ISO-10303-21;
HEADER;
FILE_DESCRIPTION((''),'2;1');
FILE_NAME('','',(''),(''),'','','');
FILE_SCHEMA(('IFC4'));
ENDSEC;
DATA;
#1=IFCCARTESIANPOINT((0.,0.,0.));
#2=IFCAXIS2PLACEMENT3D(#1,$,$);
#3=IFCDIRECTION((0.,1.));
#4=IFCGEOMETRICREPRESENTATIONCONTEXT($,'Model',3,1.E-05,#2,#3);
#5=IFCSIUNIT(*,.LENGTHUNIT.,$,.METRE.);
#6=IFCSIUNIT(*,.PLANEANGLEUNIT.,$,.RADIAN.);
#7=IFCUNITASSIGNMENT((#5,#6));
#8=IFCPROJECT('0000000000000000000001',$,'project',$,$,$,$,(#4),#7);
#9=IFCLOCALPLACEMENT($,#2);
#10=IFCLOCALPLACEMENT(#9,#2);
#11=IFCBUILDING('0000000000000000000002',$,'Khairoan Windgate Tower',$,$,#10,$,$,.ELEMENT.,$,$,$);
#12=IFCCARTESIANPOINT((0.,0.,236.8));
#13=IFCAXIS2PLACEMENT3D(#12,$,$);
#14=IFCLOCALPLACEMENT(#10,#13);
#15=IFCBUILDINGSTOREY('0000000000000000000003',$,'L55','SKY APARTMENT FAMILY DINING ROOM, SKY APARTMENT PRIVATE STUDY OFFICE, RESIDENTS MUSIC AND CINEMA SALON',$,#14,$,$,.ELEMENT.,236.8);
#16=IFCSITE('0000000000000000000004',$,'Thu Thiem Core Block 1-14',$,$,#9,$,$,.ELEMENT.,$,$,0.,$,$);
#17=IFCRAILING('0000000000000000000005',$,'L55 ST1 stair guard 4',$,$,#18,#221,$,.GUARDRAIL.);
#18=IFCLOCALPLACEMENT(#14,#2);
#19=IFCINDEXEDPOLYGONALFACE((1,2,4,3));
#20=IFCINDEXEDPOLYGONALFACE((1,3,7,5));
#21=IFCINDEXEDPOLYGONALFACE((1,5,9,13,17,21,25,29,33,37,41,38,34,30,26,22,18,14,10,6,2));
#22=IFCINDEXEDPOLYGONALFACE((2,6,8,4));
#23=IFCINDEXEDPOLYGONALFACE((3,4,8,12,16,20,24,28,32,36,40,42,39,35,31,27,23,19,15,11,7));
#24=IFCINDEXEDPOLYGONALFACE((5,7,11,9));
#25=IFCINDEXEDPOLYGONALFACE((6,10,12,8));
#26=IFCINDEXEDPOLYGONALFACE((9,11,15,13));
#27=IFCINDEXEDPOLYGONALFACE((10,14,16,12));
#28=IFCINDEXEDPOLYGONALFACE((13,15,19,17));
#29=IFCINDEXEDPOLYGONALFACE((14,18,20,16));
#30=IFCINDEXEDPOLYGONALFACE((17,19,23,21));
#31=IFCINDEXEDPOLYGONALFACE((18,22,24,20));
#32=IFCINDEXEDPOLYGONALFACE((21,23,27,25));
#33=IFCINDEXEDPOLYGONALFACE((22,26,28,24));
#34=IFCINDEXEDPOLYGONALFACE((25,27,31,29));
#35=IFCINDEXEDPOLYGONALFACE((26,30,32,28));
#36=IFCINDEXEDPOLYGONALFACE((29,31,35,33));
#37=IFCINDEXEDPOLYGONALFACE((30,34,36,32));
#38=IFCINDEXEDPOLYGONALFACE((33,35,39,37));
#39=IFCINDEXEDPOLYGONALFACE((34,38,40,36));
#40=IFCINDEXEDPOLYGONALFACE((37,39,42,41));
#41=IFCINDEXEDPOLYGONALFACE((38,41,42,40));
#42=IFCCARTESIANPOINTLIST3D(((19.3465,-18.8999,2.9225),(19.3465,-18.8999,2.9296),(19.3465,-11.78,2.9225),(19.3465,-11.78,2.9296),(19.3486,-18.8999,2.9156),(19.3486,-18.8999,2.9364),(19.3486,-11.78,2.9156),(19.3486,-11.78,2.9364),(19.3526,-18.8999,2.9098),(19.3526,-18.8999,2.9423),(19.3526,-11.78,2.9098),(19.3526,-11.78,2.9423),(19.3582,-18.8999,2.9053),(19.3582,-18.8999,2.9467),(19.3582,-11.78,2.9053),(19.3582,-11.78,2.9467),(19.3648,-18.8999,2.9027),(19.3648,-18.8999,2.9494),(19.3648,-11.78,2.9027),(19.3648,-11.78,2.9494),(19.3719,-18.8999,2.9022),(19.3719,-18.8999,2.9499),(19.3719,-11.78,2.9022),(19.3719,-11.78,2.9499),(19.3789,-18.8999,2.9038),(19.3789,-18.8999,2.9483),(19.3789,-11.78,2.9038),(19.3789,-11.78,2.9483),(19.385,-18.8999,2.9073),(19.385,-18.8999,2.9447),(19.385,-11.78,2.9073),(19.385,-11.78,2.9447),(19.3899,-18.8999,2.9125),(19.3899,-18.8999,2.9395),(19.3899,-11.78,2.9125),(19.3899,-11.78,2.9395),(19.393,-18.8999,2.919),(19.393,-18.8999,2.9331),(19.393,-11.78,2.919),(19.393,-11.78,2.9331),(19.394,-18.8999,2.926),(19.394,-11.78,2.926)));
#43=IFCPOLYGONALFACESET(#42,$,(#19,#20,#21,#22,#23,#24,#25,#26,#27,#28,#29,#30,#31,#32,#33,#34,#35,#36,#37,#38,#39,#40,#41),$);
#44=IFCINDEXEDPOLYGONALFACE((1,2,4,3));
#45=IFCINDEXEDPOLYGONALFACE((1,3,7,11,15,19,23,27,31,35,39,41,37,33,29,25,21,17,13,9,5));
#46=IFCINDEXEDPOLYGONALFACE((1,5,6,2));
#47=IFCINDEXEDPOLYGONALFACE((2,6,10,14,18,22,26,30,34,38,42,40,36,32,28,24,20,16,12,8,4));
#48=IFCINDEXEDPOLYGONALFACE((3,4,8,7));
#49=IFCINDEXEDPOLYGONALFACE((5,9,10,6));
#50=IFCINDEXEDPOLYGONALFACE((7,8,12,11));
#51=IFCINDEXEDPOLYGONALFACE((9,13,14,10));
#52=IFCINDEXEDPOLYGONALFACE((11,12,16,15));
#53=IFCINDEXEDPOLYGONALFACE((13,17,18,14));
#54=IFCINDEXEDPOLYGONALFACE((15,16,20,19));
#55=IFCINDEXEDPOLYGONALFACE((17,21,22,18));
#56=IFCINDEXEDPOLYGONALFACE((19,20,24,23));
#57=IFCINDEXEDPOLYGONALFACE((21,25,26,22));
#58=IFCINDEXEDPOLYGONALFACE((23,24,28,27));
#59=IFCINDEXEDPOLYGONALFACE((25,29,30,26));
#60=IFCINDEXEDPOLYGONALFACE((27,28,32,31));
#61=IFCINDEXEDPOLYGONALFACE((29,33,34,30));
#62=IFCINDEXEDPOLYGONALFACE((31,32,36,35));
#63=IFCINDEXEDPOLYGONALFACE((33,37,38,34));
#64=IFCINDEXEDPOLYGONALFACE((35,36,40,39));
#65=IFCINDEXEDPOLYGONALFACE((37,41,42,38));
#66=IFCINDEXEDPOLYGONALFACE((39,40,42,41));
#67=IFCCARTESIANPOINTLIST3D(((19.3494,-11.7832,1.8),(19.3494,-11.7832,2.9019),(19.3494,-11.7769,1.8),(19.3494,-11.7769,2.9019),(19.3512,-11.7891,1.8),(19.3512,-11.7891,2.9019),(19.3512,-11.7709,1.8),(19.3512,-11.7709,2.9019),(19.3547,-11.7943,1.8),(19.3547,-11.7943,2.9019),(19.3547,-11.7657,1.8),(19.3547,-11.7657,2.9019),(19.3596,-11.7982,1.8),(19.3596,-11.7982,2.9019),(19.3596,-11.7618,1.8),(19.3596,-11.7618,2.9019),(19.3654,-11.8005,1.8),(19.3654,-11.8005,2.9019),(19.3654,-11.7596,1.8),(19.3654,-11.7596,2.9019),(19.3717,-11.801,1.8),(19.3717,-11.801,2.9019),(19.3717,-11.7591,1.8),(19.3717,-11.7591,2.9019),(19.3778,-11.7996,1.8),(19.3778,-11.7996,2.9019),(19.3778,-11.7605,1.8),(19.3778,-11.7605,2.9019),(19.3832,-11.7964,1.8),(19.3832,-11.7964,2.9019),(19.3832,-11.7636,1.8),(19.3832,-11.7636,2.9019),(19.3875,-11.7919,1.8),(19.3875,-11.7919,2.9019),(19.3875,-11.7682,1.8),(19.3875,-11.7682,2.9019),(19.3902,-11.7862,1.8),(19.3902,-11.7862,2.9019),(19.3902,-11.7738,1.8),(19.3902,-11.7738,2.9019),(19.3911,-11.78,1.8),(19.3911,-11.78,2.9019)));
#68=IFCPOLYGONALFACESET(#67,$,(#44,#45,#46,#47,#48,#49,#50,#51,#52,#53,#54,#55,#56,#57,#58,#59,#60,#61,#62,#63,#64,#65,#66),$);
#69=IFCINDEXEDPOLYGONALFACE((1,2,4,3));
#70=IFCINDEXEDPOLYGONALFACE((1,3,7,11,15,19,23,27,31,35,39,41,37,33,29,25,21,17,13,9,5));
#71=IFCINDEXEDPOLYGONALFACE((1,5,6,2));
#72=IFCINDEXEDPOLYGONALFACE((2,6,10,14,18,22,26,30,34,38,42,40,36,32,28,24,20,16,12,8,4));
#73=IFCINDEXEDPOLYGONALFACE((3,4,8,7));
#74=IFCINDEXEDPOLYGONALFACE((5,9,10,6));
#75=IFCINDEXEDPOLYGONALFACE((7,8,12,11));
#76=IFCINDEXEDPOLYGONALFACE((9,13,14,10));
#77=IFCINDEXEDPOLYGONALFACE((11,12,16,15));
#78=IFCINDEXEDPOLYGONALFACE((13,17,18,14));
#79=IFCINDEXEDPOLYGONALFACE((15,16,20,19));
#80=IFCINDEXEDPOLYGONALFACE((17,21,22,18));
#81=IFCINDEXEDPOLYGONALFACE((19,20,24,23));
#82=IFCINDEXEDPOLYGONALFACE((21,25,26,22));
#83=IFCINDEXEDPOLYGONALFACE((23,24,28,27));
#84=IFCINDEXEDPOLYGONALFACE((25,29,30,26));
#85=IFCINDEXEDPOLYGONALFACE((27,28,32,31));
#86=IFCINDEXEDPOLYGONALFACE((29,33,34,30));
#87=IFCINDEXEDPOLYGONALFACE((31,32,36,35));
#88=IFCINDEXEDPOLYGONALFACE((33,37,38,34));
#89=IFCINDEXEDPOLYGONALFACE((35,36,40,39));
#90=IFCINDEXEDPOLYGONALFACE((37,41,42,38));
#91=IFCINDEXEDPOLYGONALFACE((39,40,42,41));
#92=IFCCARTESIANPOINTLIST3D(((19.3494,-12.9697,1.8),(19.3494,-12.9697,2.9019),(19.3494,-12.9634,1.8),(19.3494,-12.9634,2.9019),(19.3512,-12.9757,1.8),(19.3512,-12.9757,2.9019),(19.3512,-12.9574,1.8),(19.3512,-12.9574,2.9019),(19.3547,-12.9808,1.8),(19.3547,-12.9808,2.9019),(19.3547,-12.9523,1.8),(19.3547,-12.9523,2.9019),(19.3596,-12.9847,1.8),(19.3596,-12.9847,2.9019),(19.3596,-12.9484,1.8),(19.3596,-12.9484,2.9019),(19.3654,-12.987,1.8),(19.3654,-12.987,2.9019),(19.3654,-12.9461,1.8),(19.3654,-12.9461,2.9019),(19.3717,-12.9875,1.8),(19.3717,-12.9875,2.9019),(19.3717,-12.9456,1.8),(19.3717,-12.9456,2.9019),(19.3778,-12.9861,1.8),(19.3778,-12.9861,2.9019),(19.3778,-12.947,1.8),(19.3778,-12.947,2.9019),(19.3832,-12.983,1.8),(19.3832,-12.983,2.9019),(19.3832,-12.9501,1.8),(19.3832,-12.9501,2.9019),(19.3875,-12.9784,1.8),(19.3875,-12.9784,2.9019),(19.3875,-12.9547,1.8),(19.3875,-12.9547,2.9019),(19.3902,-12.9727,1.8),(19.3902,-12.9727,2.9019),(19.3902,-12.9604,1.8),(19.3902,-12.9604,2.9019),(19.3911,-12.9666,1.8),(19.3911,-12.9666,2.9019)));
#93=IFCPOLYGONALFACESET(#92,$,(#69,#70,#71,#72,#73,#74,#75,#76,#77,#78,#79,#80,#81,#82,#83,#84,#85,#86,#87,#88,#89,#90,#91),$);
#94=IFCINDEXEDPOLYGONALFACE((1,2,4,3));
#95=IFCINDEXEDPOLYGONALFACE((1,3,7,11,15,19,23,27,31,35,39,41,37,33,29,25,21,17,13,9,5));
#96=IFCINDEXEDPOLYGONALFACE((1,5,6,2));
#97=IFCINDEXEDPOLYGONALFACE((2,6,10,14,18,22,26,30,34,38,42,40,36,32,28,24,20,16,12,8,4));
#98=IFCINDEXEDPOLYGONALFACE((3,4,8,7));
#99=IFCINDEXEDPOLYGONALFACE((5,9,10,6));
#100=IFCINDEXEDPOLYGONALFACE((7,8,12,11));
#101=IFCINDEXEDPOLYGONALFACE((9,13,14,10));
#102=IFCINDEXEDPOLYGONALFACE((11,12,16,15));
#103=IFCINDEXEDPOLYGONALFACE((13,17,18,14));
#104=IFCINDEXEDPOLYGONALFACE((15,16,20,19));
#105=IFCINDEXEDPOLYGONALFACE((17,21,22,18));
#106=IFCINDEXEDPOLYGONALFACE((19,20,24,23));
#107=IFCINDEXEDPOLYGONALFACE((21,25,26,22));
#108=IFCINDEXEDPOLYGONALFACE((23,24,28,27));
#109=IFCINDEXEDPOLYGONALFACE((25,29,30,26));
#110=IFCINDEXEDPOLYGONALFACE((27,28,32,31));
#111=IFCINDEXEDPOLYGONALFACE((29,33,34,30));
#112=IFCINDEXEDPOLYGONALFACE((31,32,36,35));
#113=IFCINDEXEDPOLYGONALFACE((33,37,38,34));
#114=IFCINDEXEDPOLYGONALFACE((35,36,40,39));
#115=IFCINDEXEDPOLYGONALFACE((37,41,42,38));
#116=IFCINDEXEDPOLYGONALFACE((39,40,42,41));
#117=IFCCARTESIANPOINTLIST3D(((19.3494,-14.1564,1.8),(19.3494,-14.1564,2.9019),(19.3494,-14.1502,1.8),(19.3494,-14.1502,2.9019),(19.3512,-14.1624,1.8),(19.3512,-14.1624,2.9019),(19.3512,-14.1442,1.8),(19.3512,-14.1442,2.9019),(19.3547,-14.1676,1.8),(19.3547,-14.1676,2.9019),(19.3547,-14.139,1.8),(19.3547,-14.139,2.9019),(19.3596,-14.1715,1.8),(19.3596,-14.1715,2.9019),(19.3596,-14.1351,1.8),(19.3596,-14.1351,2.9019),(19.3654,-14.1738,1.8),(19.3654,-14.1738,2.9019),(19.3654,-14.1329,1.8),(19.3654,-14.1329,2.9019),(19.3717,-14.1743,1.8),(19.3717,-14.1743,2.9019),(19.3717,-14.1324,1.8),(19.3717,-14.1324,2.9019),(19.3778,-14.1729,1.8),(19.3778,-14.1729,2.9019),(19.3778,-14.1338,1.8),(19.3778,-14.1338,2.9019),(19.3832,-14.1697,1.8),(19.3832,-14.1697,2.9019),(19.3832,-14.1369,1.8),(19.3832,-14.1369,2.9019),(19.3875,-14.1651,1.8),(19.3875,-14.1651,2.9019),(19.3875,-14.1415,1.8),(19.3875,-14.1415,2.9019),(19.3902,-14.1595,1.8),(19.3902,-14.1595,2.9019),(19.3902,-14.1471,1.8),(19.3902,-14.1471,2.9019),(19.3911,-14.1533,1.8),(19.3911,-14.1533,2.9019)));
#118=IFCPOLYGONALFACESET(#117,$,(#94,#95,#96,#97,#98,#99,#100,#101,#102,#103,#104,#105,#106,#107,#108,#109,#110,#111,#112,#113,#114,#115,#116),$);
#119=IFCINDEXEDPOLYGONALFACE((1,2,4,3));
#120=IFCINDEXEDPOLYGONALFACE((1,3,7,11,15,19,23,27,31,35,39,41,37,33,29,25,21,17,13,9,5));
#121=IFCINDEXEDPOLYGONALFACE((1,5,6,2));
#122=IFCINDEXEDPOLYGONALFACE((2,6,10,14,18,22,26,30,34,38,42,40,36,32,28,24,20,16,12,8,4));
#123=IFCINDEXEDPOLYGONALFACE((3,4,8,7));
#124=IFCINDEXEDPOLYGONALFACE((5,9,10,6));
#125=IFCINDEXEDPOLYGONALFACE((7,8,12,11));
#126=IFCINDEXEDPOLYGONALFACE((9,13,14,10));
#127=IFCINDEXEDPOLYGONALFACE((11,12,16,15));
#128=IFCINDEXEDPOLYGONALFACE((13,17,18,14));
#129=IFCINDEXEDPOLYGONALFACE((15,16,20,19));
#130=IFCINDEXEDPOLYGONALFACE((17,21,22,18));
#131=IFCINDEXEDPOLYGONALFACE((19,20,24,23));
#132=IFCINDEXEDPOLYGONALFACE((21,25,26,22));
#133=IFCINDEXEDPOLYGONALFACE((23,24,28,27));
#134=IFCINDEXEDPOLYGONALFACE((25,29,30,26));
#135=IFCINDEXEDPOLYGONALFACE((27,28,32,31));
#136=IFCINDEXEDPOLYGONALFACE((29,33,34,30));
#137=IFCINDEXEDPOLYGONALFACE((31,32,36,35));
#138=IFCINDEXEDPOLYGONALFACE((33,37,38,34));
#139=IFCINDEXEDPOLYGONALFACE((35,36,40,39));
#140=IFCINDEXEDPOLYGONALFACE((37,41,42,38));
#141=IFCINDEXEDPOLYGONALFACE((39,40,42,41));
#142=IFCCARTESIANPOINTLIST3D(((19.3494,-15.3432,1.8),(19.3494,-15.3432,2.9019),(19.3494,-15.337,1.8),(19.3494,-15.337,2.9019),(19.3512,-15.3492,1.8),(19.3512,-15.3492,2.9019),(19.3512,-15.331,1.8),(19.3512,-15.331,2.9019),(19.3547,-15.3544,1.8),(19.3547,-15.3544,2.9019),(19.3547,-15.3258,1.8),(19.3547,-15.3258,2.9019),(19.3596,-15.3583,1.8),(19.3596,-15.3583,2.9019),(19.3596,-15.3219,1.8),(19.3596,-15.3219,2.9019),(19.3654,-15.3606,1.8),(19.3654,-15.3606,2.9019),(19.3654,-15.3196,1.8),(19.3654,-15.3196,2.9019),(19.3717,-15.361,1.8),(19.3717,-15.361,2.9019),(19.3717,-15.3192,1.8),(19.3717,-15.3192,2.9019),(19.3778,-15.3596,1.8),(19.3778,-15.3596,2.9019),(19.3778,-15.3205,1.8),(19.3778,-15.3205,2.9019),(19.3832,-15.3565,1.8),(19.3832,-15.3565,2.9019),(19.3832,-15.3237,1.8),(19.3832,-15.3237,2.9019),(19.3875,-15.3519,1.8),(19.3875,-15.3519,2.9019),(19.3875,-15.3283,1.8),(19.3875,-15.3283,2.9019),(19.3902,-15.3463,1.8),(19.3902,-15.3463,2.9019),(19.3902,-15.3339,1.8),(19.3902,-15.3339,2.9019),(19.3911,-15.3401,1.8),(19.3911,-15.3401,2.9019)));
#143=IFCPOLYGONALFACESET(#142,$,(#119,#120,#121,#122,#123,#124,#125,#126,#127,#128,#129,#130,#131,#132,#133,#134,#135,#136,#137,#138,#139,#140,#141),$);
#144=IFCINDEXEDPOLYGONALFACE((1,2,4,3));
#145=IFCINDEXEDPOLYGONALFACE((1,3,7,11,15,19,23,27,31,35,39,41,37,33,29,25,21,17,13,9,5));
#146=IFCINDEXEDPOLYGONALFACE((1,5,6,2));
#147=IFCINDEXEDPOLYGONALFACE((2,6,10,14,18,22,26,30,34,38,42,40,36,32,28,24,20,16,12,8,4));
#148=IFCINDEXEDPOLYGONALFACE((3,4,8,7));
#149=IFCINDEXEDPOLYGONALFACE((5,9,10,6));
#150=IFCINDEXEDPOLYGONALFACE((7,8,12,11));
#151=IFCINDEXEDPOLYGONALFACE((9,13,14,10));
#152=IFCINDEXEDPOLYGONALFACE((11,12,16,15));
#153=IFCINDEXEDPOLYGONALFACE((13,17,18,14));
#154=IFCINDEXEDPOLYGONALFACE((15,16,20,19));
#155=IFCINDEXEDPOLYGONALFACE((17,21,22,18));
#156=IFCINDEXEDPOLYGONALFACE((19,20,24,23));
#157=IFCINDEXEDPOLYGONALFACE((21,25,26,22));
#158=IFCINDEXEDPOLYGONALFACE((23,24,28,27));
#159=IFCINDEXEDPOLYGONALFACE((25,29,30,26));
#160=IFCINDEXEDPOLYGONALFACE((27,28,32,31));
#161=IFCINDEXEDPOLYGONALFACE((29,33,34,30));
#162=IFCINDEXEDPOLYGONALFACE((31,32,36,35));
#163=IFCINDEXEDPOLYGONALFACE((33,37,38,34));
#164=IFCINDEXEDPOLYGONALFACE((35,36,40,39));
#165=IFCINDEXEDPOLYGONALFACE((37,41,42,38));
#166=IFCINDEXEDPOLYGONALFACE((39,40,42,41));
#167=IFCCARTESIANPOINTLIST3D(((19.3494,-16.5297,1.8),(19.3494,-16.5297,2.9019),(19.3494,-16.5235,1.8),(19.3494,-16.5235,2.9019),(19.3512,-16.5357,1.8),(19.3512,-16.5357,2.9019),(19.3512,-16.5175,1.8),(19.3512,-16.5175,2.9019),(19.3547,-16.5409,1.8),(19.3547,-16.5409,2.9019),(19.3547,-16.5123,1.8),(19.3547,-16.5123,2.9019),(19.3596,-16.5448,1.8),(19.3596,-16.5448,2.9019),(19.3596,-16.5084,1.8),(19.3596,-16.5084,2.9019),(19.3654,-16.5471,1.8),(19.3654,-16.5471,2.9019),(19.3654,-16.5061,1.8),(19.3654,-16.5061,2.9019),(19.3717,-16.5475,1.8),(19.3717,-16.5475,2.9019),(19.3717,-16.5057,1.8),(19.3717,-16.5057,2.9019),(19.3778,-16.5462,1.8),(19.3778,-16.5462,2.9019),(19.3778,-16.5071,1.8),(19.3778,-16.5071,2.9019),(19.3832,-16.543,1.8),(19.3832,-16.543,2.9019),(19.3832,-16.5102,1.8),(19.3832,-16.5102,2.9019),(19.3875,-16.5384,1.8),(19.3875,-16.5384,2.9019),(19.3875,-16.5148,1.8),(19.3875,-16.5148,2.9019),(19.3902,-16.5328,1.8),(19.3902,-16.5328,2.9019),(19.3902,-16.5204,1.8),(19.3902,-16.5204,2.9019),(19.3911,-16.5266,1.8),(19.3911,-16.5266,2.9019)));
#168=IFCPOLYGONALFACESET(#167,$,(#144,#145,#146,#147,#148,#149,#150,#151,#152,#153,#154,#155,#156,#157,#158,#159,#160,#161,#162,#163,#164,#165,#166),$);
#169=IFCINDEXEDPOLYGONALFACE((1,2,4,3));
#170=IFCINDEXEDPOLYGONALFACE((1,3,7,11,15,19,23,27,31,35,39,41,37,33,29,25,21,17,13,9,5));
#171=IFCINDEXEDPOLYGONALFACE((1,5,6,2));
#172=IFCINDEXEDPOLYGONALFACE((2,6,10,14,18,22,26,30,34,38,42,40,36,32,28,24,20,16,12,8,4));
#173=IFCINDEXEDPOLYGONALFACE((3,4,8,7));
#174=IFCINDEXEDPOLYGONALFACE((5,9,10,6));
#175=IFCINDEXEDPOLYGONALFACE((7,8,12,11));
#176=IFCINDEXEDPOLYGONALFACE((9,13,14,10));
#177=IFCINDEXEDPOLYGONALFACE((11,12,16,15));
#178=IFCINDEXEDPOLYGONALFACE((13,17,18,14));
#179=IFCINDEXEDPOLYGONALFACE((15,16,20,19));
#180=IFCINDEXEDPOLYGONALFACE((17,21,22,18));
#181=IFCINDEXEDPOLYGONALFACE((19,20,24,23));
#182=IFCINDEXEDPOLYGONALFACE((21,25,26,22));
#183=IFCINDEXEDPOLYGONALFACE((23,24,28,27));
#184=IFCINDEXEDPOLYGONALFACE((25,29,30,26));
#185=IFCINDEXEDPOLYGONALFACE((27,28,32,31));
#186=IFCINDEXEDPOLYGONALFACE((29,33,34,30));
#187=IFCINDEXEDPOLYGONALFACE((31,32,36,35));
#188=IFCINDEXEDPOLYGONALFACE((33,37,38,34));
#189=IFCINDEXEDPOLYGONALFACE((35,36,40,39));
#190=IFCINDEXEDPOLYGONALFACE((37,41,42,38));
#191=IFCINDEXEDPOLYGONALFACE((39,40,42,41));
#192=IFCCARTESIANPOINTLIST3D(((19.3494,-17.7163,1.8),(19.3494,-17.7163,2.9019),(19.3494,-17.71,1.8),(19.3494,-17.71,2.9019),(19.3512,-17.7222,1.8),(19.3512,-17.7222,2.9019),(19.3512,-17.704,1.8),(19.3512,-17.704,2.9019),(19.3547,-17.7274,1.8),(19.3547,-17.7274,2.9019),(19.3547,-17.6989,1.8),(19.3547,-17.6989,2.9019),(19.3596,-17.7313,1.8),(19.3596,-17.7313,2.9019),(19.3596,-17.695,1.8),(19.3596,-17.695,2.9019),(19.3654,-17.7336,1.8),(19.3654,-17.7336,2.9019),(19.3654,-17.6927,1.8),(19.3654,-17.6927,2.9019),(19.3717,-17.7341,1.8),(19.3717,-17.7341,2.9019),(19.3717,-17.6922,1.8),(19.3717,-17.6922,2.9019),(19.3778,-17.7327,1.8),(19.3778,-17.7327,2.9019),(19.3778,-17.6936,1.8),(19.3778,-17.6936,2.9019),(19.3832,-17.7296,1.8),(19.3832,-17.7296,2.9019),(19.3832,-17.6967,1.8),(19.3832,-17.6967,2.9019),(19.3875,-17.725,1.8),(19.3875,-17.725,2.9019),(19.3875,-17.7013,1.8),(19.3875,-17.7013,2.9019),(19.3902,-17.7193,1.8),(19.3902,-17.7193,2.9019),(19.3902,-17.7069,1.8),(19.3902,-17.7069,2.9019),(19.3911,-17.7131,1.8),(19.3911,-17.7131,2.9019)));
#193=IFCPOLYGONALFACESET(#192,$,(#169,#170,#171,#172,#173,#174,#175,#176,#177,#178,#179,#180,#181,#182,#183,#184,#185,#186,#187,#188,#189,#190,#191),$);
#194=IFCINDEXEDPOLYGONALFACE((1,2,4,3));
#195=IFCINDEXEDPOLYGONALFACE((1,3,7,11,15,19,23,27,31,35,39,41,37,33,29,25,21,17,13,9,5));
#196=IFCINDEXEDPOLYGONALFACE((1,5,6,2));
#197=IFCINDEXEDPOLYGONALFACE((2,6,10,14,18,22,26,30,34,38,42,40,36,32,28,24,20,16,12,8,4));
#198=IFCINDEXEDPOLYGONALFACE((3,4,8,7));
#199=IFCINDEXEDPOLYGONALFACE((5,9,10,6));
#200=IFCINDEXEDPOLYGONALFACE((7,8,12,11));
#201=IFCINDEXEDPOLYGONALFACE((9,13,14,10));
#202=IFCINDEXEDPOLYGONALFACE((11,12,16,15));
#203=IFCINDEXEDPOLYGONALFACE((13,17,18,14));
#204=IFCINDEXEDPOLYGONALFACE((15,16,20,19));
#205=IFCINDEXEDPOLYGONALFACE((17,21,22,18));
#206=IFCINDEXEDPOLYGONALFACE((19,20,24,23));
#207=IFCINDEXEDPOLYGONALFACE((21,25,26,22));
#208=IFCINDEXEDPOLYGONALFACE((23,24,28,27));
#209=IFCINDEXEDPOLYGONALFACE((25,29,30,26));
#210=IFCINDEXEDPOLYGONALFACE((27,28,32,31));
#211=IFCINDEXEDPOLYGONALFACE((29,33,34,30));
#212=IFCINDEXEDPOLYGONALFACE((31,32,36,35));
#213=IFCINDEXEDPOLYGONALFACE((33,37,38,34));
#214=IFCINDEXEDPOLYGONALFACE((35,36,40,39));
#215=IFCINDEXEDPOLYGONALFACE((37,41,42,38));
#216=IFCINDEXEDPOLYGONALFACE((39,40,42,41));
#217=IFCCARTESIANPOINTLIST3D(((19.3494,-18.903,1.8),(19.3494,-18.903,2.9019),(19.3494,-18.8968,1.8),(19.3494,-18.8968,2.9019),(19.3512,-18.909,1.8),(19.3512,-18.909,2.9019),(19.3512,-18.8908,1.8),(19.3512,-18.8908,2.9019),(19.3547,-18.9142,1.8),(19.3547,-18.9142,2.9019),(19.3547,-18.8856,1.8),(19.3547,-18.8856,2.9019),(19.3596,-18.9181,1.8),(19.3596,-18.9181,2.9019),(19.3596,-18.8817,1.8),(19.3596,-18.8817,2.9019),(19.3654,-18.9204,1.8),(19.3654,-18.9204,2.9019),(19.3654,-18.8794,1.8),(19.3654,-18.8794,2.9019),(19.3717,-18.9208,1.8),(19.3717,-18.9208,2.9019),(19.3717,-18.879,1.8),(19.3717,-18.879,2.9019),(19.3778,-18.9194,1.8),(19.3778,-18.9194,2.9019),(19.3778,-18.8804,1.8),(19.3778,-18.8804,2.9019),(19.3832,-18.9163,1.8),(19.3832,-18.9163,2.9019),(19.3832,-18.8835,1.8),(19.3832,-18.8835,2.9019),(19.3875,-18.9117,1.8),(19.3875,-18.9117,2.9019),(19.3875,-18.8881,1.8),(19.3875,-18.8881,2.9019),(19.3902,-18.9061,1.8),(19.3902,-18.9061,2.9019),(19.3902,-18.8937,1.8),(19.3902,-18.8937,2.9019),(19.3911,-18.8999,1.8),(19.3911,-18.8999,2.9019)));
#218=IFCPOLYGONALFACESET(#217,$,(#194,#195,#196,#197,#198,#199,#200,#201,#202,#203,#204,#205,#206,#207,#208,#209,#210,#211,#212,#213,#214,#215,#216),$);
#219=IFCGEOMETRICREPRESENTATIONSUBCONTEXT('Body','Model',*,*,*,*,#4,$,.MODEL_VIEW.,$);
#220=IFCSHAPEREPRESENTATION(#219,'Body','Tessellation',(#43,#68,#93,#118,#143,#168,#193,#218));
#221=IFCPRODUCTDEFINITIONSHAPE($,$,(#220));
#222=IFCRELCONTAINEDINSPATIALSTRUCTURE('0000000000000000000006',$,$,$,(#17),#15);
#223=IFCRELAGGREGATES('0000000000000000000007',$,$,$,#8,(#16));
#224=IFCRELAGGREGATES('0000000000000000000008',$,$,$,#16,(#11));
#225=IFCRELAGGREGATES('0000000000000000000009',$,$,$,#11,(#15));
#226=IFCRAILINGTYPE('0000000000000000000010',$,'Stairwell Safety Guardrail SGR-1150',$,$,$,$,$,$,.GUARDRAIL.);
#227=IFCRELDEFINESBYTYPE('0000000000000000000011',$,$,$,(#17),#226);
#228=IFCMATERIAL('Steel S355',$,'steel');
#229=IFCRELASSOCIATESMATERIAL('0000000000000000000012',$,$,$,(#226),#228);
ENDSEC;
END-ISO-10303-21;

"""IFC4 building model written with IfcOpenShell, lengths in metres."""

from ifc_helpers import new_model, si_unit, direction, frame, origin, origin_2d, place, context, subcontext, project, spatial, circle, extrude, material, type_object, element, save


model = new_model("IFC4")

# Units and contexts
model_context = context("Model", 3, precision=1e-05, world=origin(), true_north=direction((0.0, 1.0)))
body_context = subcontext(model_context, "Body", "Model", "MODEL_VIEW")
ifc_project = project(units=[si_unit("LENGTHUNIT", "METRE"), si_unit("PLANEANGLEUNIT", "RADIAN")], contexts=[model_context])

# Site, building, storey
site_placement = place(None, origin())
site = spatial("IfcSite", under=ifc_project, at=site_placement, Name="Thu Thiem Core Block 1-14", CompositionType="ELEMENT", RefElevation=0.0)
building_placement = place(site_placement, origin())
building = spatial("IfcBuilding", under=site, at=building_placement, Name="Khairoan Windgate Tower", CompositionType="ELEMENT")
storey_placement = place(building_placement, frame((0.0, 0.0, 236.8)))
storey = spatial("IfcBuildingStorey", under=building, at=storey_placement, Name="L55", Description="SKY APARTMENT FAMILY DINING ROOM, SKY APARTMENT PRIVATE STUDY OFFICE, RESIDENTS MUSIC AND CINEMA SALON", CompositionType="ELEMENT", Elevation=236.8)

# Railing
ifc_material_1 = material(Name="Steel S355", Category="steel")
railing_type_1 = type_object("IfcRailingType", Name="Stairwell Safety Guardrail SGR-1150", PredefinedType="GUARDRAIL", material=ifc_material_1)
railing_1_placement = place(storey_placement, frame((19.3701, -11.78, 1.8)))
element("IfcRailing", 1, at=railing_1_placement, inside=storey, type_object=railing_type_1, Name="L55 ST1 stair guard 4", PredefinedType="GUARDRAIL", context=body_context, shape_type="SweptSolid", body=[
    extrude(circle(Radius=0.0239, at=origin_2d()), frame((0.0, 0.0, 1.126), z_axis=(0.0, -1.0, 0.0), x_axis=(1.0, 0.0, 0.0)), (0.0, 0.0, 1.0), 7.1199),
    extrude(circle(Radius=0.021, at=origin_2d()), origin(), (0.0, 0.0, 1.0), 1.1018),
    extrude(circle(Radius=0.021, at=origin_2d()), frame((0.0, -1.1865, 0.0)), (0.0, 0.0, 1.0), 1.1018),
    extrude(circle(Radius=0.021, at=origin_2d()), frame((0.0, -2.3733, 0.0)), (0.0, 0.0, 1.0), 1.1018),
    extrude(circle(Radius=0.021, at=origin_2d()), frame((0.0, -3.5601, 0.0)), (0.0, 0.0, 1.0), 1.1018),
    extrude(circle(Radius=0.021, at=origin_2d()), frame((0.0, -4.7466, 0.0)), (0.0, 0.0, 1.0), 1.1018),
    extrude(circle(Radius=0.021, at=origin_2d()), frame((0.0, -5.9331, 0.0)), (0.0, 0.0, 1.0), 1.1018),
    extrude(circle(Radius=0.021, at=origin_2d()), frame((0.0, -7.1199, 0.0)), (0.0, 0.0, 1.0), 1.1018),
])

save(model, "model.ifc")
